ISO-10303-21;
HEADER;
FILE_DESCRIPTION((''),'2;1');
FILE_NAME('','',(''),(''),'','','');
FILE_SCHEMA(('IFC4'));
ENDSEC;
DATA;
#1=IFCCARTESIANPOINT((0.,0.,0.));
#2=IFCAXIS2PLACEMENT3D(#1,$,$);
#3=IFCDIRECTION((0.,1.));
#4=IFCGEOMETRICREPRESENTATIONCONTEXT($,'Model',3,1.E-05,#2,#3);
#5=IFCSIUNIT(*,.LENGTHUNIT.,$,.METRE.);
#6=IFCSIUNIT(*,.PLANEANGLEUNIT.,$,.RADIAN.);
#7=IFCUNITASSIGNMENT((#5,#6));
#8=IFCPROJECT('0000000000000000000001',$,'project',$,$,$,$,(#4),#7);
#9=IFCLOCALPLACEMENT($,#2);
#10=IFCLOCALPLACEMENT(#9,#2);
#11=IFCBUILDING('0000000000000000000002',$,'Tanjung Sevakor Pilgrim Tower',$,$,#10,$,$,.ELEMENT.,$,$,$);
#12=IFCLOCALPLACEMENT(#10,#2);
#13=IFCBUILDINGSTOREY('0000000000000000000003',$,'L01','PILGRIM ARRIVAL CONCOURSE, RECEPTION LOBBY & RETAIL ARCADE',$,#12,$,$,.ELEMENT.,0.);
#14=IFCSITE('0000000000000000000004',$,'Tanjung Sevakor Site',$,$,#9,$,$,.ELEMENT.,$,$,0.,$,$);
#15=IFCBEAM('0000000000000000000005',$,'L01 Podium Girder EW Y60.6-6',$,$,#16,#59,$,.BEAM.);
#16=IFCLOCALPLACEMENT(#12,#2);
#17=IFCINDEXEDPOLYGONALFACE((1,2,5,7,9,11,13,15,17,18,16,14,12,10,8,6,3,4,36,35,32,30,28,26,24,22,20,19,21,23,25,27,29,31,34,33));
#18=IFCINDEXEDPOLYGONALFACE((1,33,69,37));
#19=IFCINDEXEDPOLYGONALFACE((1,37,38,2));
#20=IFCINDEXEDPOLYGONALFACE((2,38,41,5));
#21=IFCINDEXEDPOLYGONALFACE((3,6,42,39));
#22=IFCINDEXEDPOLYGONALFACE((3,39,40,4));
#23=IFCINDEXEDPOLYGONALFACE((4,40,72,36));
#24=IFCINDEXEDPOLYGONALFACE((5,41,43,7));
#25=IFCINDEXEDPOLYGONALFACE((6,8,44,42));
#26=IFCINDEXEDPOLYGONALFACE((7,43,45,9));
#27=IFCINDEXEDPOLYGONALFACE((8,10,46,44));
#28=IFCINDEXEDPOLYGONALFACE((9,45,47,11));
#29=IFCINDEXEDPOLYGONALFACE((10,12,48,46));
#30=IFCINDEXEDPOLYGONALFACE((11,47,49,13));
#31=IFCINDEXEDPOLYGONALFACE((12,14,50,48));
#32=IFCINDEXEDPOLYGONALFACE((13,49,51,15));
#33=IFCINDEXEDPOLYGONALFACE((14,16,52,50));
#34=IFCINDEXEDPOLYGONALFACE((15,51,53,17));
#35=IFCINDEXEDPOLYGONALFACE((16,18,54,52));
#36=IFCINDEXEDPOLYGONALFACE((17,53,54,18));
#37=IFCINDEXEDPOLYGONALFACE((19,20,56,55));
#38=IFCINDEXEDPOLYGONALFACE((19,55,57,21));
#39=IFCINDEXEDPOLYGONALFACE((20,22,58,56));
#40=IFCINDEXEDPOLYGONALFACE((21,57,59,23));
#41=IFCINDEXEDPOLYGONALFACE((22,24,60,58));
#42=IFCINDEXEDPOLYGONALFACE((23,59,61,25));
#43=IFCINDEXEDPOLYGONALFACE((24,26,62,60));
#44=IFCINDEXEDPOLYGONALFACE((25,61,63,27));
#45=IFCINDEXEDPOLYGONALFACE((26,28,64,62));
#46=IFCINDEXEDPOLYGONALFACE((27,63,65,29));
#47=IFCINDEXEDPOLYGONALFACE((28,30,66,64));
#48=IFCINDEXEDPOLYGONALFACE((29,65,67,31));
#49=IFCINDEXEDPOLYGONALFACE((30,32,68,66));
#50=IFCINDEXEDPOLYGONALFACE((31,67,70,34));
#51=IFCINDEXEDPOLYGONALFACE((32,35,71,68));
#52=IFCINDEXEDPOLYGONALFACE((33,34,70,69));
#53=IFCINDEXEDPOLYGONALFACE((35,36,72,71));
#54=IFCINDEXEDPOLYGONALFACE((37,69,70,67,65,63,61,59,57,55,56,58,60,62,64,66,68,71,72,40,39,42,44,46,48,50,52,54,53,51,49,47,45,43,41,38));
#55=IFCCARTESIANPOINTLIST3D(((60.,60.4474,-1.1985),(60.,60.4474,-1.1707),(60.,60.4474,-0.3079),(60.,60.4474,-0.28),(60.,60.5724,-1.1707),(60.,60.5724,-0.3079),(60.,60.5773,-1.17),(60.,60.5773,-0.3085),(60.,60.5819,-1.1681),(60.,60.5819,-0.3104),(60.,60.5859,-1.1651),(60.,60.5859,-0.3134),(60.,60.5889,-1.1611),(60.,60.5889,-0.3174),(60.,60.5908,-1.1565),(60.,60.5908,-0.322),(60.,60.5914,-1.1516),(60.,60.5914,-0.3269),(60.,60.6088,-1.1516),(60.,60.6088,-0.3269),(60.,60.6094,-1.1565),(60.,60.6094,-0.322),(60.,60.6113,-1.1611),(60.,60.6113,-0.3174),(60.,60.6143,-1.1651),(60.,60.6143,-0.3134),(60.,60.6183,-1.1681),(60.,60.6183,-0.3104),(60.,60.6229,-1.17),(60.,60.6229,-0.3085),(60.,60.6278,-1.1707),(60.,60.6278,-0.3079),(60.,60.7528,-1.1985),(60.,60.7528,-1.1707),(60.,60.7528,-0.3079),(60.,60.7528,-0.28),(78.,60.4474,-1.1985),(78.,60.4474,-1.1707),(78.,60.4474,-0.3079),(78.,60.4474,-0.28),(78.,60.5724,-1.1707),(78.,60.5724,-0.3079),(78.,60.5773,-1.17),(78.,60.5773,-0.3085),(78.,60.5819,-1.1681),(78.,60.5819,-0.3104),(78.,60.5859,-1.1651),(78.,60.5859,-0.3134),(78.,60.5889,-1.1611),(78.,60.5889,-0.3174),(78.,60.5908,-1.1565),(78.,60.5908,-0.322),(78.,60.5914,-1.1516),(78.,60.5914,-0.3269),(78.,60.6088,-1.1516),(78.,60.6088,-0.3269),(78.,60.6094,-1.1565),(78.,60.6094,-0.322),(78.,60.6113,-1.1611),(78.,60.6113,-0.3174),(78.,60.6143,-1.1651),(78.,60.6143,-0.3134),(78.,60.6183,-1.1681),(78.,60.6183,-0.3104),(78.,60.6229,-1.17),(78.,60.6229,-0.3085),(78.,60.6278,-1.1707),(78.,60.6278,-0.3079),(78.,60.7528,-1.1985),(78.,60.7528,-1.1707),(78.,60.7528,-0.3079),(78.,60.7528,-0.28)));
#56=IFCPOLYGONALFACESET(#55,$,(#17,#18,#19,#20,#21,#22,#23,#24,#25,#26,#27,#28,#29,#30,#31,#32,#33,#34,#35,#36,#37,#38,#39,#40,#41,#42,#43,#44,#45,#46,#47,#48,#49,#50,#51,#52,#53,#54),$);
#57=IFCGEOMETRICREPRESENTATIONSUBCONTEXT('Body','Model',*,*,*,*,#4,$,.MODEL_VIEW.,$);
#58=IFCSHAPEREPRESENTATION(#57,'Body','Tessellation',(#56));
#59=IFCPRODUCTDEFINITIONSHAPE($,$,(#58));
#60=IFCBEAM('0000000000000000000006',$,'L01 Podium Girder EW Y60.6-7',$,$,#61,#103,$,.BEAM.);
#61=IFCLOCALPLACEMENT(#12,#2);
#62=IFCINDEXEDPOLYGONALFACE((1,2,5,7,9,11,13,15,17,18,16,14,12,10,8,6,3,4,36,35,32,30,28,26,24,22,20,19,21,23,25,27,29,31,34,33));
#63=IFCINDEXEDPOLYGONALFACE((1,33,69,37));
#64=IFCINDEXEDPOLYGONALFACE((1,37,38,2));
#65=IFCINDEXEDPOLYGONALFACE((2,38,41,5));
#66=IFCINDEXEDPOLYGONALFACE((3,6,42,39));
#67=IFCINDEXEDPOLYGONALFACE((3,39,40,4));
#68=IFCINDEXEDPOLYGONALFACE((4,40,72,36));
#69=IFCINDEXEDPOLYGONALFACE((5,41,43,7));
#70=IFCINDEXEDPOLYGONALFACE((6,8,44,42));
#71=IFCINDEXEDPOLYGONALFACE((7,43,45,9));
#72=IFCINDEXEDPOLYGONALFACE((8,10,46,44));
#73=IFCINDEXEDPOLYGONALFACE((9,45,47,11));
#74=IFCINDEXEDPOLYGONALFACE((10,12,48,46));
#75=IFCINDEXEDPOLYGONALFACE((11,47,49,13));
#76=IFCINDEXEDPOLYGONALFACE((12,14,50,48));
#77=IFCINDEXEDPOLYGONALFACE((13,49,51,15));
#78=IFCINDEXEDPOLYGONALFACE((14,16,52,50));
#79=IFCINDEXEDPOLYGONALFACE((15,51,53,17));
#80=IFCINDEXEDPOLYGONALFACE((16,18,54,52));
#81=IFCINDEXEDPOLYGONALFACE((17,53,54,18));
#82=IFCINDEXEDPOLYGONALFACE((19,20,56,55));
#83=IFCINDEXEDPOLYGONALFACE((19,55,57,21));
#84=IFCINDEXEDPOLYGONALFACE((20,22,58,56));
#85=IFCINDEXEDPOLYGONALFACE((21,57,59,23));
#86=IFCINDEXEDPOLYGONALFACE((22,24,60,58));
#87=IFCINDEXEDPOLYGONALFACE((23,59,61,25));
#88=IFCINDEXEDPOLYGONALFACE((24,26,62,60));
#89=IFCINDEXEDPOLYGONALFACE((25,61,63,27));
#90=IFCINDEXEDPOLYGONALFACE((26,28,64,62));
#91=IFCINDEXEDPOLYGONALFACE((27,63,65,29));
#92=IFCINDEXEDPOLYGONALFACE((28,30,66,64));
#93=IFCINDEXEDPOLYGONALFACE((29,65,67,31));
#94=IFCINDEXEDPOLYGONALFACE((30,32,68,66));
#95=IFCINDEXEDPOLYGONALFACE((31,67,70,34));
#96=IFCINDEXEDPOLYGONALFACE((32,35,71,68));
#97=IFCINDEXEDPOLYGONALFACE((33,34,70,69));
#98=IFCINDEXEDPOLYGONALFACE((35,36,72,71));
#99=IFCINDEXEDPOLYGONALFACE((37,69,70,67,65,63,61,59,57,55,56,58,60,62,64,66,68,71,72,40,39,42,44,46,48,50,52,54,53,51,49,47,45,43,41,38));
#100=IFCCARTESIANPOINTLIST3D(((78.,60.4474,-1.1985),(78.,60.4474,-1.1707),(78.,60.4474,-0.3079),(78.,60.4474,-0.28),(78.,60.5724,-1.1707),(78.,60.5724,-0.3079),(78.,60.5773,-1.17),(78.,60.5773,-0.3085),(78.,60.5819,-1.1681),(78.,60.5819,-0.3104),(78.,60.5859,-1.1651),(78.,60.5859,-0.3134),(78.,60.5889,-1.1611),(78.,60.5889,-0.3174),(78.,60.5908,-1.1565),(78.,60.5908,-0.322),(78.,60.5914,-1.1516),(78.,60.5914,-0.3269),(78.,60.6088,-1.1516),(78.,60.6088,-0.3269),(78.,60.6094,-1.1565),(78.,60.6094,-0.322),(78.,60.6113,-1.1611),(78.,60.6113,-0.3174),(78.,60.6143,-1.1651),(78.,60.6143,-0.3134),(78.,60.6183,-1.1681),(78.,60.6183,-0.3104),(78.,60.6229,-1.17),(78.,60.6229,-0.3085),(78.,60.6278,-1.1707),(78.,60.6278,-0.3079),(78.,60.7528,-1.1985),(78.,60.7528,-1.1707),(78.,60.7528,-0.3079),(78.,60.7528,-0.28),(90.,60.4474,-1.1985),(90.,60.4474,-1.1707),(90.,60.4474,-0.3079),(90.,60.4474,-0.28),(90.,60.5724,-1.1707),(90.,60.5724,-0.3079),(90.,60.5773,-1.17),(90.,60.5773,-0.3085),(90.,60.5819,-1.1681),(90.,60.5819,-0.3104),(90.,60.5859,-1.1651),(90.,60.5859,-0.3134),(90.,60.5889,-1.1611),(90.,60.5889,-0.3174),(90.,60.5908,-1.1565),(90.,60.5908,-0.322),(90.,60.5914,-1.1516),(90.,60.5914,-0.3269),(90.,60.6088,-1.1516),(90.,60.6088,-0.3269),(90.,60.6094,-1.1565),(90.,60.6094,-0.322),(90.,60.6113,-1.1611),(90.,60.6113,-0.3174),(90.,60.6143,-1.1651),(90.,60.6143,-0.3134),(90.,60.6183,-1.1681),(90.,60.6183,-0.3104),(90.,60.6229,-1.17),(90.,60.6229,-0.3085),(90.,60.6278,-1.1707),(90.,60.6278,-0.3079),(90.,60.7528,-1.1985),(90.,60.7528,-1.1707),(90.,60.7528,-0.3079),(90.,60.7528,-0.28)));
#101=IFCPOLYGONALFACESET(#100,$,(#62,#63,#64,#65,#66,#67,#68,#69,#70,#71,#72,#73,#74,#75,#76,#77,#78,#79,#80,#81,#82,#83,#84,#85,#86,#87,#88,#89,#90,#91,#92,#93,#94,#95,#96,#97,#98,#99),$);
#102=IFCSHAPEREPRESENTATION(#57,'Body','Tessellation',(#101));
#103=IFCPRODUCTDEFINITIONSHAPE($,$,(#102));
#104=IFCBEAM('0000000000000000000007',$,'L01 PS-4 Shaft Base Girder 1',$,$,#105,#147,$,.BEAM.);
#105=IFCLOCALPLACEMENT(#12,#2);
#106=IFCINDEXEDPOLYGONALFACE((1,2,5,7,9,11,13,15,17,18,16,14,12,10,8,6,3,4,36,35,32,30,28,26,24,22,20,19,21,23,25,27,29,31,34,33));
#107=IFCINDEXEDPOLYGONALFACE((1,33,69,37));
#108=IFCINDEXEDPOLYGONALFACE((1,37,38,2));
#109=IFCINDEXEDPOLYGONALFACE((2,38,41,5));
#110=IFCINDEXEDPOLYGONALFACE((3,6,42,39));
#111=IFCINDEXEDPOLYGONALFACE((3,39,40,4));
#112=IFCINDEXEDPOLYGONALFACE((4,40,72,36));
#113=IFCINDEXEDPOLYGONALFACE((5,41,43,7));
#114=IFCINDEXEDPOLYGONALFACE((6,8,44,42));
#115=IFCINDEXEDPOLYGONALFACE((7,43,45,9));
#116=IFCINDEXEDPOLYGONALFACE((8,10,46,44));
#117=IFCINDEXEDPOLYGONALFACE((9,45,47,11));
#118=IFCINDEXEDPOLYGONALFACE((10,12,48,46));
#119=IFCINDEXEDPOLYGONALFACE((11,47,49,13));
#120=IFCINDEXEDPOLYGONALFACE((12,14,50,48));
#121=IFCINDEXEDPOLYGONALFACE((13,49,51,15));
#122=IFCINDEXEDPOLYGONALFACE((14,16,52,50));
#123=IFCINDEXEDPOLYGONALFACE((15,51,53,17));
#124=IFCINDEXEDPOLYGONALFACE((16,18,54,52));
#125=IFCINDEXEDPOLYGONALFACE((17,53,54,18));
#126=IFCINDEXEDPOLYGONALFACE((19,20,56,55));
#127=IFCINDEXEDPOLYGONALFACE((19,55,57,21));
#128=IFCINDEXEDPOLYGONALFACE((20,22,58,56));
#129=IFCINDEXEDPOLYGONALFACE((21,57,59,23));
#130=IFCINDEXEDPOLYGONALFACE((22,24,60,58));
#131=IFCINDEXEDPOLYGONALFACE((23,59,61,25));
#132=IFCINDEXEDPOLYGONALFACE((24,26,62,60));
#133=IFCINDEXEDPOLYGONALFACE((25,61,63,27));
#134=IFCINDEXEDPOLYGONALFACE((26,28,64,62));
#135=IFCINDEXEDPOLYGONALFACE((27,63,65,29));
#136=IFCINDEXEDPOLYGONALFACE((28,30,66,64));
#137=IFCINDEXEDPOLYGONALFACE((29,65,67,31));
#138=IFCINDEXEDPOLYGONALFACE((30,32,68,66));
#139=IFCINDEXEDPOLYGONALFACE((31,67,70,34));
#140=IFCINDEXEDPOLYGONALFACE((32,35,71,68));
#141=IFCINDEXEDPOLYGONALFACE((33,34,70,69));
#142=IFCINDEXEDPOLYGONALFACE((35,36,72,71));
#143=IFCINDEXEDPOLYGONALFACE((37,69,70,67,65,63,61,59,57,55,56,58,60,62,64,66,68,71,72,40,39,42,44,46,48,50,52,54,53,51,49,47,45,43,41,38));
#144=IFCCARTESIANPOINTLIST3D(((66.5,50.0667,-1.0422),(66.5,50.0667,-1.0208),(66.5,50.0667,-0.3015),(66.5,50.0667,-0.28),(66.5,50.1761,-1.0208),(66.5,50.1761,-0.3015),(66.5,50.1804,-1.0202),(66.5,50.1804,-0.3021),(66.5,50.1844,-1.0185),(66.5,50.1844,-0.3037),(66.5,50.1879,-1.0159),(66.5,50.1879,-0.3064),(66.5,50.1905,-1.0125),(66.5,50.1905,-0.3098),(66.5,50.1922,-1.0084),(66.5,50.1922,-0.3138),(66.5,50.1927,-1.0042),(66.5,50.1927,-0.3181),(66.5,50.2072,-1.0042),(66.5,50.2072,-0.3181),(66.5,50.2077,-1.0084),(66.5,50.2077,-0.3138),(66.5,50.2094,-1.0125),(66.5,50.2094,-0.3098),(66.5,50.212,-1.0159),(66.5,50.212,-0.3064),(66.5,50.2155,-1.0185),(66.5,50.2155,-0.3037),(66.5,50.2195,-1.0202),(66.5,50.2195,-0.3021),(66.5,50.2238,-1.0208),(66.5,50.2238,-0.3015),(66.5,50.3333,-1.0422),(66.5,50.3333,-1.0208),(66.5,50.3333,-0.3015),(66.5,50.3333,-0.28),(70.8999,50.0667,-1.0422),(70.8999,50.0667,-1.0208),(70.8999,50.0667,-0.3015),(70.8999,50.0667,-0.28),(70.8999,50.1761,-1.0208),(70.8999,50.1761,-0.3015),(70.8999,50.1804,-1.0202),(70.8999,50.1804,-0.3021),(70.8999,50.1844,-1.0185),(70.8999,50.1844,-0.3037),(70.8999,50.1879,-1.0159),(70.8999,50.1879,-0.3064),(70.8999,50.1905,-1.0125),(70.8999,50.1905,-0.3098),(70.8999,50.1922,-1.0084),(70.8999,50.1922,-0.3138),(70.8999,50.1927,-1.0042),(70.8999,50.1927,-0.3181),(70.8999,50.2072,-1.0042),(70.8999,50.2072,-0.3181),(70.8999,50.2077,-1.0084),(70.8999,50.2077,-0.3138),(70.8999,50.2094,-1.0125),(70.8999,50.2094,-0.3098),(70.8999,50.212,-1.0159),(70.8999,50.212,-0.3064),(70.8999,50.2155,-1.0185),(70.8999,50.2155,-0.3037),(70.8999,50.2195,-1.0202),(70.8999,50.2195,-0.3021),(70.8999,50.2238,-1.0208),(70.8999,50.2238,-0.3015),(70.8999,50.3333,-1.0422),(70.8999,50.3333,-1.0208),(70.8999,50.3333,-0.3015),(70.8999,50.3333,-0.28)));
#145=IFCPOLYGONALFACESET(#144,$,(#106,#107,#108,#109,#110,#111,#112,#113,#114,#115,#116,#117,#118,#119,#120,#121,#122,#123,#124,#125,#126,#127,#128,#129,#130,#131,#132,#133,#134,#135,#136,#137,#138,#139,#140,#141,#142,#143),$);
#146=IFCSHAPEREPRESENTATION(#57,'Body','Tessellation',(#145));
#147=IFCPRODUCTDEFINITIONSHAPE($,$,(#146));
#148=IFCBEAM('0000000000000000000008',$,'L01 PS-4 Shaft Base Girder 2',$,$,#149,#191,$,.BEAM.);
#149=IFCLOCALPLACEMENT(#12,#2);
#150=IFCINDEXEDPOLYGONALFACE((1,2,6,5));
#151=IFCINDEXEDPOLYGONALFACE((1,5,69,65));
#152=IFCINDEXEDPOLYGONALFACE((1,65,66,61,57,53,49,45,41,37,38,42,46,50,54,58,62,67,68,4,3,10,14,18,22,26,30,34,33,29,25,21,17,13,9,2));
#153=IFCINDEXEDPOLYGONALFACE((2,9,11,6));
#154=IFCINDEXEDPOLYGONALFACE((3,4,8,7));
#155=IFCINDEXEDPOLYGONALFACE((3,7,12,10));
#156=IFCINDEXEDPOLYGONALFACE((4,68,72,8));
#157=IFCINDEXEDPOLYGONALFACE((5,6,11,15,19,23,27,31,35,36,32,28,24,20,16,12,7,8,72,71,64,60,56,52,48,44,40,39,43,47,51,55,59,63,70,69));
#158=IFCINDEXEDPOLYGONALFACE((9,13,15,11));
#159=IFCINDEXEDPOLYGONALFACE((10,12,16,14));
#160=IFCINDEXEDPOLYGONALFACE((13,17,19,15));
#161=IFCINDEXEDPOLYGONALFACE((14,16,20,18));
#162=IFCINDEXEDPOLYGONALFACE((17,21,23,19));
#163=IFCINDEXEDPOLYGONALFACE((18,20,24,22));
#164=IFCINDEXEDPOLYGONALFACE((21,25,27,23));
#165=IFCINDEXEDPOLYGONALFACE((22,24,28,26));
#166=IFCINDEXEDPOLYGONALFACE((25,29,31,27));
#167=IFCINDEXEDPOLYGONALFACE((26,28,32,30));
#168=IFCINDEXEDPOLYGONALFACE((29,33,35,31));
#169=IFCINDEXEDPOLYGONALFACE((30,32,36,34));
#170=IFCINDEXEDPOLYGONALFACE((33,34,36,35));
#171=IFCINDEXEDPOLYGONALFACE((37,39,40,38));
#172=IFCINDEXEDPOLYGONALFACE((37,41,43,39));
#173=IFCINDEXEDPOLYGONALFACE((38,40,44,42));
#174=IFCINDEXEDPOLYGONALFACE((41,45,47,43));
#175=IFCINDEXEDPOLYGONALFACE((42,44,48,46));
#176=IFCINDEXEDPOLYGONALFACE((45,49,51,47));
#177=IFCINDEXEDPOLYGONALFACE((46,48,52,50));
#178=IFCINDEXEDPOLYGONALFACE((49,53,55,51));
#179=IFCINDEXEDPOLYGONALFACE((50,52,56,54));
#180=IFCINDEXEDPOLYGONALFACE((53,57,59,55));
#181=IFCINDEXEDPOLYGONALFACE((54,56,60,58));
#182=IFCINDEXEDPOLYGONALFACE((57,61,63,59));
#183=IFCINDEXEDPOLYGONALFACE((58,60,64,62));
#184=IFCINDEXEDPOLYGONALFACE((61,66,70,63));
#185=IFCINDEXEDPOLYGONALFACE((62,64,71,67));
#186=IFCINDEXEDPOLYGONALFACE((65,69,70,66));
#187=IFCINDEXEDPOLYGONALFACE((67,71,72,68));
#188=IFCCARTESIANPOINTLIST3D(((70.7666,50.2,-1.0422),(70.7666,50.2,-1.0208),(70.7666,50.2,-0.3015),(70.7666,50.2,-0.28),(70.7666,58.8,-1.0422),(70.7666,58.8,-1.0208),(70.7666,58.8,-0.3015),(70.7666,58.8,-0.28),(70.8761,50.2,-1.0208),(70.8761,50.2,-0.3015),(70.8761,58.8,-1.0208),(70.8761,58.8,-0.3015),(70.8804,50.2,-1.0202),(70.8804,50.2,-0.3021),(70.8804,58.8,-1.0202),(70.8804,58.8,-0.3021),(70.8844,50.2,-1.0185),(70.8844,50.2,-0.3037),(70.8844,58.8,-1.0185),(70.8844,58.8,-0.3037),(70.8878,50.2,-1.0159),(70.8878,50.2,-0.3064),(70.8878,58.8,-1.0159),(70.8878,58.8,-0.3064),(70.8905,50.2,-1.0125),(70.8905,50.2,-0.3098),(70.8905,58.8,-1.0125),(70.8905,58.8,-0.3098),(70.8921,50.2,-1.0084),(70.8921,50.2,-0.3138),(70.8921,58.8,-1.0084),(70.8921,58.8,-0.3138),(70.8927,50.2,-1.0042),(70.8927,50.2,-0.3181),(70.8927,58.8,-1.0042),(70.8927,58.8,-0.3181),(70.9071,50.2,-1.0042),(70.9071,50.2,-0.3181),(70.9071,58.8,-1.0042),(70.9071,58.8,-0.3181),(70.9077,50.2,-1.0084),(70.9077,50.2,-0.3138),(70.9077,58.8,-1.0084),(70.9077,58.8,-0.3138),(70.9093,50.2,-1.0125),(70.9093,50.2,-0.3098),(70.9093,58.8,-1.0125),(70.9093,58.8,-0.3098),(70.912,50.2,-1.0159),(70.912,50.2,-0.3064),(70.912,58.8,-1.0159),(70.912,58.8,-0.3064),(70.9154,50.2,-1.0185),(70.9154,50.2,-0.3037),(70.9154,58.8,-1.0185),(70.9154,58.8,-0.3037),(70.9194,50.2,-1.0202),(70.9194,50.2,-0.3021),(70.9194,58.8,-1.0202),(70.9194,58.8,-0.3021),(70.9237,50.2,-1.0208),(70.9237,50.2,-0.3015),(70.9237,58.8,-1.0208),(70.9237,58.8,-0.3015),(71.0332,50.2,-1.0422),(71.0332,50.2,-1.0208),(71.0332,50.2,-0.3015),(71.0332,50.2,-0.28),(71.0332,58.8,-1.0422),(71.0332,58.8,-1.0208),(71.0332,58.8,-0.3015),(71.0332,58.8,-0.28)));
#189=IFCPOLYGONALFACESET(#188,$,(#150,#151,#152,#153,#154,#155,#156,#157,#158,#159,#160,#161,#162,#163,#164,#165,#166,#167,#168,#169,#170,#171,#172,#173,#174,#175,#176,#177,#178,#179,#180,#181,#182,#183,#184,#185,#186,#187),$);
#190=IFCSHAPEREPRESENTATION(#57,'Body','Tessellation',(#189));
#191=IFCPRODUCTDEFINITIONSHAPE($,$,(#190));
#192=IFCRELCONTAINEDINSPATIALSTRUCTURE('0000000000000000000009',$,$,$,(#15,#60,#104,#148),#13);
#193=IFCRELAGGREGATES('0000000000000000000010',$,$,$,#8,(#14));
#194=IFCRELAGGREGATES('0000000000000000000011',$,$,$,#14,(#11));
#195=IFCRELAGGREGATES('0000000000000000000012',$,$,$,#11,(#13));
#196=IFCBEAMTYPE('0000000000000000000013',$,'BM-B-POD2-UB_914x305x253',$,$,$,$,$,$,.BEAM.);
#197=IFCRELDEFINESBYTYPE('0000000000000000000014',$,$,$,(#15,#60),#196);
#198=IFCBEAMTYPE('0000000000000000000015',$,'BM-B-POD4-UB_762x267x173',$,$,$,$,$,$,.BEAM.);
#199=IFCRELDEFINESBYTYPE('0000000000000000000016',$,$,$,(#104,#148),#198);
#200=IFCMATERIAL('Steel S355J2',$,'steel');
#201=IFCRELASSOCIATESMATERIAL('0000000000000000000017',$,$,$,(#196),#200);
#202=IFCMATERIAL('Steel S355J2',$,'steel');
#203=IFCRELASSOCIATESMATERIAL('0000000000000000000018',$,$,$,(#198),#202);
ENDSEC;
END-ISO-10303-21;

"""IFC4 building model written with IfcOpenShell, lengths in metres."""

from ifc_helpers import new_model, si_unit, direction, frame, origin, origin_2d, place, context, subcontext, project, spatial, i_section, extrude, material, material_profile, profile_set, type_object, element, save


model = new_model("IFC4")

# Units and contexts
model_context = context("Model", 3, precision=1e-05, world=origin(), true_north=direction((0.0, 1.0)))
body_context = subcontext(model_context, "Body", "Model", "MODEL_VIEW")
ifc_project = project(units=[si_unit("LENGTHUNIT", "METRE"), si_unit("PLANEANGLEUNIT", "RADIAN")], contexts=[model_context])

# Site, building, storey
site_placement = place(None, origin())
site = spatial("IfcSite", under=ifc_project, at=site_placement, Name="Tanjung Sevakor Site", CompositionType="ELEMENT", RefElevation=0.0)
building_placement = place(site_placement, origin())
building = spatial("IfcBuilding", under=site, at=building_placement, Name="Tanjung Sevakor Pilgrim Tower", CompositionType="ELEMENT")
storey_placement = place(building_placement, origin())
storey = spatial("IfcBuildingStorey", under=building, at=storey_placement, Name="L01", Description="PILGRIM ARRIVAL CONCOURSE, RECEPTION LOBBY & RETAIL ARCADE", CompositionType="ELEMENT", Elevation=0.0)

# Beams
ifc_material_1 = material(Name="Steel S355J2", Category="steel")
ifc_material_profile_1 = material_profile(ifc_material_1, i_section(OverallWidth=0.3054, OverallDepth=0.9185, WebThickness=0.0173, FlangeThickness=0.0278, FilletRadius=0.019, at=origin_2d()))
ifc_profile_set_1 = profile_set([ifc_material_profile_1], Name="Steel S355J2")
beam_type_1 = type_object("IfcBeamType", Name="BM-B-POD2-UB_914x305x253", PredefinedType="BEAM", material=ifc_profile_set_1)
beam_1_placement = place(storey_placement, frame((60.0, 60.6001, -0.7393), z_axis=(1.0, 0.0, 0.0), x_axis=(0.0, 1.0, 0.0)))
element("IfcBeam", 1, at=beam_1_placement, inside=storey, type_object=beam_type_1, Name="L01 Podium Girder EW Y60.6-6", PredefinedType="BEAM", context=body_context, shape_type="SweptSolid", body=[
    extrude(i_section(OverallWidth=0.3054, OverallDepth=0.9185, WebThickness=0.0173, FlangeThickness=0.0278, FilletRadius=0.019, at=origin_2d()), origin(), (0.0, 0.0, 1.0), 18.0),
])
beam_2_placement = place(storey_placement, frame((78.0, 60.6001, -0.7393), z_axis=(1.0, 0.0, 0.0), x_axis=(0.0, 1.0, 0.0)))
element("IfcBeam", 2, at=beam_2_placement, inside=storey, type_object=beam_type_1, Name="L01 Podium Girder EW Y60.6-7", PredefinedType="BEAM", context=body_context, shape_type="SweptSolid", body=[
    extrude(i_section(OverallWidth=0.3054, OverallDepth=0.9185, WebThickness=0.0173, FlangeThickness=0.0278, FilletRadius=0.019, at=origin_2d()), origin(), (0.0, 0.0, 1.0), 12.0),
])
ifc_material_2 = material(Name="Steel S355J2", Category="steel")
ifc_material_profile_2 = material_profile(ifc_material_2, i_section(OverallWidth=0.2666, OverallDepth=0.7622, WebThickness=0.0144, FlangeThickness=0.0215, FilletRadius=0.0166, at=origin_2d()))
ifc_profile_set_2 = profile_set([ifc_material_profile_2], Name="Steel S355J2")
beam_type_2 = type_object("IfcBeamType", Name="BM-B-POD4-UB_762x267x173", PredefinedType="BEAM", material=ifc_profile_set_2)
beam_3_placement = place(storey_placement, frame((66.5, 50.2, -0.6611), z_axis=(1.0, 0.0, 0.0), x_axis=(0.0, 1.0, 0.0)))
element("IfcBeam", 3, at=beam_3_placement, inside=storey, type_object=beam_type_2, Name="L01 PS-4 Shaft Base Girder 1", PredefinedType="BEAM", context=body_context, shape_type="SweptSolid", body=[
    extrude(i_section(OverallWidth=0.2666, OverallDepth=0.7622, WebThickness=0.0144, FlangeThickness=0.0215, FilletRadius=0.0166, at=origin_2d()), origin(), (0.0, 0.0, 1.0), 4.3999),
])
beam_4_placement = place(storey_placement, frame((70.8999, 50.2, -0.6611), z_axis=(0.0, 1.0, 0.0), x_axis=(-1.0, 0.0, 0.0)))
element("IfcBeam", 4, at=beam_4_placement, inside=storey, type_object=beam_type_2, Name="L01 PS-4 Shaft Base Girder 2", PredefinedType="BEAM", context=body_context, shape_type="SweptSolid", body=[
    extrude(i_section(OverallWidth=0.2666, OverallDepth=0.7622, WebThickness=0.0144, FlangeThickness=0.0215, FilletRadius=0.0166, at=origin_2d()), origin(), (0.0, 0.0, 1.0), 8.6001),
])

save(model, "model.ifc")
